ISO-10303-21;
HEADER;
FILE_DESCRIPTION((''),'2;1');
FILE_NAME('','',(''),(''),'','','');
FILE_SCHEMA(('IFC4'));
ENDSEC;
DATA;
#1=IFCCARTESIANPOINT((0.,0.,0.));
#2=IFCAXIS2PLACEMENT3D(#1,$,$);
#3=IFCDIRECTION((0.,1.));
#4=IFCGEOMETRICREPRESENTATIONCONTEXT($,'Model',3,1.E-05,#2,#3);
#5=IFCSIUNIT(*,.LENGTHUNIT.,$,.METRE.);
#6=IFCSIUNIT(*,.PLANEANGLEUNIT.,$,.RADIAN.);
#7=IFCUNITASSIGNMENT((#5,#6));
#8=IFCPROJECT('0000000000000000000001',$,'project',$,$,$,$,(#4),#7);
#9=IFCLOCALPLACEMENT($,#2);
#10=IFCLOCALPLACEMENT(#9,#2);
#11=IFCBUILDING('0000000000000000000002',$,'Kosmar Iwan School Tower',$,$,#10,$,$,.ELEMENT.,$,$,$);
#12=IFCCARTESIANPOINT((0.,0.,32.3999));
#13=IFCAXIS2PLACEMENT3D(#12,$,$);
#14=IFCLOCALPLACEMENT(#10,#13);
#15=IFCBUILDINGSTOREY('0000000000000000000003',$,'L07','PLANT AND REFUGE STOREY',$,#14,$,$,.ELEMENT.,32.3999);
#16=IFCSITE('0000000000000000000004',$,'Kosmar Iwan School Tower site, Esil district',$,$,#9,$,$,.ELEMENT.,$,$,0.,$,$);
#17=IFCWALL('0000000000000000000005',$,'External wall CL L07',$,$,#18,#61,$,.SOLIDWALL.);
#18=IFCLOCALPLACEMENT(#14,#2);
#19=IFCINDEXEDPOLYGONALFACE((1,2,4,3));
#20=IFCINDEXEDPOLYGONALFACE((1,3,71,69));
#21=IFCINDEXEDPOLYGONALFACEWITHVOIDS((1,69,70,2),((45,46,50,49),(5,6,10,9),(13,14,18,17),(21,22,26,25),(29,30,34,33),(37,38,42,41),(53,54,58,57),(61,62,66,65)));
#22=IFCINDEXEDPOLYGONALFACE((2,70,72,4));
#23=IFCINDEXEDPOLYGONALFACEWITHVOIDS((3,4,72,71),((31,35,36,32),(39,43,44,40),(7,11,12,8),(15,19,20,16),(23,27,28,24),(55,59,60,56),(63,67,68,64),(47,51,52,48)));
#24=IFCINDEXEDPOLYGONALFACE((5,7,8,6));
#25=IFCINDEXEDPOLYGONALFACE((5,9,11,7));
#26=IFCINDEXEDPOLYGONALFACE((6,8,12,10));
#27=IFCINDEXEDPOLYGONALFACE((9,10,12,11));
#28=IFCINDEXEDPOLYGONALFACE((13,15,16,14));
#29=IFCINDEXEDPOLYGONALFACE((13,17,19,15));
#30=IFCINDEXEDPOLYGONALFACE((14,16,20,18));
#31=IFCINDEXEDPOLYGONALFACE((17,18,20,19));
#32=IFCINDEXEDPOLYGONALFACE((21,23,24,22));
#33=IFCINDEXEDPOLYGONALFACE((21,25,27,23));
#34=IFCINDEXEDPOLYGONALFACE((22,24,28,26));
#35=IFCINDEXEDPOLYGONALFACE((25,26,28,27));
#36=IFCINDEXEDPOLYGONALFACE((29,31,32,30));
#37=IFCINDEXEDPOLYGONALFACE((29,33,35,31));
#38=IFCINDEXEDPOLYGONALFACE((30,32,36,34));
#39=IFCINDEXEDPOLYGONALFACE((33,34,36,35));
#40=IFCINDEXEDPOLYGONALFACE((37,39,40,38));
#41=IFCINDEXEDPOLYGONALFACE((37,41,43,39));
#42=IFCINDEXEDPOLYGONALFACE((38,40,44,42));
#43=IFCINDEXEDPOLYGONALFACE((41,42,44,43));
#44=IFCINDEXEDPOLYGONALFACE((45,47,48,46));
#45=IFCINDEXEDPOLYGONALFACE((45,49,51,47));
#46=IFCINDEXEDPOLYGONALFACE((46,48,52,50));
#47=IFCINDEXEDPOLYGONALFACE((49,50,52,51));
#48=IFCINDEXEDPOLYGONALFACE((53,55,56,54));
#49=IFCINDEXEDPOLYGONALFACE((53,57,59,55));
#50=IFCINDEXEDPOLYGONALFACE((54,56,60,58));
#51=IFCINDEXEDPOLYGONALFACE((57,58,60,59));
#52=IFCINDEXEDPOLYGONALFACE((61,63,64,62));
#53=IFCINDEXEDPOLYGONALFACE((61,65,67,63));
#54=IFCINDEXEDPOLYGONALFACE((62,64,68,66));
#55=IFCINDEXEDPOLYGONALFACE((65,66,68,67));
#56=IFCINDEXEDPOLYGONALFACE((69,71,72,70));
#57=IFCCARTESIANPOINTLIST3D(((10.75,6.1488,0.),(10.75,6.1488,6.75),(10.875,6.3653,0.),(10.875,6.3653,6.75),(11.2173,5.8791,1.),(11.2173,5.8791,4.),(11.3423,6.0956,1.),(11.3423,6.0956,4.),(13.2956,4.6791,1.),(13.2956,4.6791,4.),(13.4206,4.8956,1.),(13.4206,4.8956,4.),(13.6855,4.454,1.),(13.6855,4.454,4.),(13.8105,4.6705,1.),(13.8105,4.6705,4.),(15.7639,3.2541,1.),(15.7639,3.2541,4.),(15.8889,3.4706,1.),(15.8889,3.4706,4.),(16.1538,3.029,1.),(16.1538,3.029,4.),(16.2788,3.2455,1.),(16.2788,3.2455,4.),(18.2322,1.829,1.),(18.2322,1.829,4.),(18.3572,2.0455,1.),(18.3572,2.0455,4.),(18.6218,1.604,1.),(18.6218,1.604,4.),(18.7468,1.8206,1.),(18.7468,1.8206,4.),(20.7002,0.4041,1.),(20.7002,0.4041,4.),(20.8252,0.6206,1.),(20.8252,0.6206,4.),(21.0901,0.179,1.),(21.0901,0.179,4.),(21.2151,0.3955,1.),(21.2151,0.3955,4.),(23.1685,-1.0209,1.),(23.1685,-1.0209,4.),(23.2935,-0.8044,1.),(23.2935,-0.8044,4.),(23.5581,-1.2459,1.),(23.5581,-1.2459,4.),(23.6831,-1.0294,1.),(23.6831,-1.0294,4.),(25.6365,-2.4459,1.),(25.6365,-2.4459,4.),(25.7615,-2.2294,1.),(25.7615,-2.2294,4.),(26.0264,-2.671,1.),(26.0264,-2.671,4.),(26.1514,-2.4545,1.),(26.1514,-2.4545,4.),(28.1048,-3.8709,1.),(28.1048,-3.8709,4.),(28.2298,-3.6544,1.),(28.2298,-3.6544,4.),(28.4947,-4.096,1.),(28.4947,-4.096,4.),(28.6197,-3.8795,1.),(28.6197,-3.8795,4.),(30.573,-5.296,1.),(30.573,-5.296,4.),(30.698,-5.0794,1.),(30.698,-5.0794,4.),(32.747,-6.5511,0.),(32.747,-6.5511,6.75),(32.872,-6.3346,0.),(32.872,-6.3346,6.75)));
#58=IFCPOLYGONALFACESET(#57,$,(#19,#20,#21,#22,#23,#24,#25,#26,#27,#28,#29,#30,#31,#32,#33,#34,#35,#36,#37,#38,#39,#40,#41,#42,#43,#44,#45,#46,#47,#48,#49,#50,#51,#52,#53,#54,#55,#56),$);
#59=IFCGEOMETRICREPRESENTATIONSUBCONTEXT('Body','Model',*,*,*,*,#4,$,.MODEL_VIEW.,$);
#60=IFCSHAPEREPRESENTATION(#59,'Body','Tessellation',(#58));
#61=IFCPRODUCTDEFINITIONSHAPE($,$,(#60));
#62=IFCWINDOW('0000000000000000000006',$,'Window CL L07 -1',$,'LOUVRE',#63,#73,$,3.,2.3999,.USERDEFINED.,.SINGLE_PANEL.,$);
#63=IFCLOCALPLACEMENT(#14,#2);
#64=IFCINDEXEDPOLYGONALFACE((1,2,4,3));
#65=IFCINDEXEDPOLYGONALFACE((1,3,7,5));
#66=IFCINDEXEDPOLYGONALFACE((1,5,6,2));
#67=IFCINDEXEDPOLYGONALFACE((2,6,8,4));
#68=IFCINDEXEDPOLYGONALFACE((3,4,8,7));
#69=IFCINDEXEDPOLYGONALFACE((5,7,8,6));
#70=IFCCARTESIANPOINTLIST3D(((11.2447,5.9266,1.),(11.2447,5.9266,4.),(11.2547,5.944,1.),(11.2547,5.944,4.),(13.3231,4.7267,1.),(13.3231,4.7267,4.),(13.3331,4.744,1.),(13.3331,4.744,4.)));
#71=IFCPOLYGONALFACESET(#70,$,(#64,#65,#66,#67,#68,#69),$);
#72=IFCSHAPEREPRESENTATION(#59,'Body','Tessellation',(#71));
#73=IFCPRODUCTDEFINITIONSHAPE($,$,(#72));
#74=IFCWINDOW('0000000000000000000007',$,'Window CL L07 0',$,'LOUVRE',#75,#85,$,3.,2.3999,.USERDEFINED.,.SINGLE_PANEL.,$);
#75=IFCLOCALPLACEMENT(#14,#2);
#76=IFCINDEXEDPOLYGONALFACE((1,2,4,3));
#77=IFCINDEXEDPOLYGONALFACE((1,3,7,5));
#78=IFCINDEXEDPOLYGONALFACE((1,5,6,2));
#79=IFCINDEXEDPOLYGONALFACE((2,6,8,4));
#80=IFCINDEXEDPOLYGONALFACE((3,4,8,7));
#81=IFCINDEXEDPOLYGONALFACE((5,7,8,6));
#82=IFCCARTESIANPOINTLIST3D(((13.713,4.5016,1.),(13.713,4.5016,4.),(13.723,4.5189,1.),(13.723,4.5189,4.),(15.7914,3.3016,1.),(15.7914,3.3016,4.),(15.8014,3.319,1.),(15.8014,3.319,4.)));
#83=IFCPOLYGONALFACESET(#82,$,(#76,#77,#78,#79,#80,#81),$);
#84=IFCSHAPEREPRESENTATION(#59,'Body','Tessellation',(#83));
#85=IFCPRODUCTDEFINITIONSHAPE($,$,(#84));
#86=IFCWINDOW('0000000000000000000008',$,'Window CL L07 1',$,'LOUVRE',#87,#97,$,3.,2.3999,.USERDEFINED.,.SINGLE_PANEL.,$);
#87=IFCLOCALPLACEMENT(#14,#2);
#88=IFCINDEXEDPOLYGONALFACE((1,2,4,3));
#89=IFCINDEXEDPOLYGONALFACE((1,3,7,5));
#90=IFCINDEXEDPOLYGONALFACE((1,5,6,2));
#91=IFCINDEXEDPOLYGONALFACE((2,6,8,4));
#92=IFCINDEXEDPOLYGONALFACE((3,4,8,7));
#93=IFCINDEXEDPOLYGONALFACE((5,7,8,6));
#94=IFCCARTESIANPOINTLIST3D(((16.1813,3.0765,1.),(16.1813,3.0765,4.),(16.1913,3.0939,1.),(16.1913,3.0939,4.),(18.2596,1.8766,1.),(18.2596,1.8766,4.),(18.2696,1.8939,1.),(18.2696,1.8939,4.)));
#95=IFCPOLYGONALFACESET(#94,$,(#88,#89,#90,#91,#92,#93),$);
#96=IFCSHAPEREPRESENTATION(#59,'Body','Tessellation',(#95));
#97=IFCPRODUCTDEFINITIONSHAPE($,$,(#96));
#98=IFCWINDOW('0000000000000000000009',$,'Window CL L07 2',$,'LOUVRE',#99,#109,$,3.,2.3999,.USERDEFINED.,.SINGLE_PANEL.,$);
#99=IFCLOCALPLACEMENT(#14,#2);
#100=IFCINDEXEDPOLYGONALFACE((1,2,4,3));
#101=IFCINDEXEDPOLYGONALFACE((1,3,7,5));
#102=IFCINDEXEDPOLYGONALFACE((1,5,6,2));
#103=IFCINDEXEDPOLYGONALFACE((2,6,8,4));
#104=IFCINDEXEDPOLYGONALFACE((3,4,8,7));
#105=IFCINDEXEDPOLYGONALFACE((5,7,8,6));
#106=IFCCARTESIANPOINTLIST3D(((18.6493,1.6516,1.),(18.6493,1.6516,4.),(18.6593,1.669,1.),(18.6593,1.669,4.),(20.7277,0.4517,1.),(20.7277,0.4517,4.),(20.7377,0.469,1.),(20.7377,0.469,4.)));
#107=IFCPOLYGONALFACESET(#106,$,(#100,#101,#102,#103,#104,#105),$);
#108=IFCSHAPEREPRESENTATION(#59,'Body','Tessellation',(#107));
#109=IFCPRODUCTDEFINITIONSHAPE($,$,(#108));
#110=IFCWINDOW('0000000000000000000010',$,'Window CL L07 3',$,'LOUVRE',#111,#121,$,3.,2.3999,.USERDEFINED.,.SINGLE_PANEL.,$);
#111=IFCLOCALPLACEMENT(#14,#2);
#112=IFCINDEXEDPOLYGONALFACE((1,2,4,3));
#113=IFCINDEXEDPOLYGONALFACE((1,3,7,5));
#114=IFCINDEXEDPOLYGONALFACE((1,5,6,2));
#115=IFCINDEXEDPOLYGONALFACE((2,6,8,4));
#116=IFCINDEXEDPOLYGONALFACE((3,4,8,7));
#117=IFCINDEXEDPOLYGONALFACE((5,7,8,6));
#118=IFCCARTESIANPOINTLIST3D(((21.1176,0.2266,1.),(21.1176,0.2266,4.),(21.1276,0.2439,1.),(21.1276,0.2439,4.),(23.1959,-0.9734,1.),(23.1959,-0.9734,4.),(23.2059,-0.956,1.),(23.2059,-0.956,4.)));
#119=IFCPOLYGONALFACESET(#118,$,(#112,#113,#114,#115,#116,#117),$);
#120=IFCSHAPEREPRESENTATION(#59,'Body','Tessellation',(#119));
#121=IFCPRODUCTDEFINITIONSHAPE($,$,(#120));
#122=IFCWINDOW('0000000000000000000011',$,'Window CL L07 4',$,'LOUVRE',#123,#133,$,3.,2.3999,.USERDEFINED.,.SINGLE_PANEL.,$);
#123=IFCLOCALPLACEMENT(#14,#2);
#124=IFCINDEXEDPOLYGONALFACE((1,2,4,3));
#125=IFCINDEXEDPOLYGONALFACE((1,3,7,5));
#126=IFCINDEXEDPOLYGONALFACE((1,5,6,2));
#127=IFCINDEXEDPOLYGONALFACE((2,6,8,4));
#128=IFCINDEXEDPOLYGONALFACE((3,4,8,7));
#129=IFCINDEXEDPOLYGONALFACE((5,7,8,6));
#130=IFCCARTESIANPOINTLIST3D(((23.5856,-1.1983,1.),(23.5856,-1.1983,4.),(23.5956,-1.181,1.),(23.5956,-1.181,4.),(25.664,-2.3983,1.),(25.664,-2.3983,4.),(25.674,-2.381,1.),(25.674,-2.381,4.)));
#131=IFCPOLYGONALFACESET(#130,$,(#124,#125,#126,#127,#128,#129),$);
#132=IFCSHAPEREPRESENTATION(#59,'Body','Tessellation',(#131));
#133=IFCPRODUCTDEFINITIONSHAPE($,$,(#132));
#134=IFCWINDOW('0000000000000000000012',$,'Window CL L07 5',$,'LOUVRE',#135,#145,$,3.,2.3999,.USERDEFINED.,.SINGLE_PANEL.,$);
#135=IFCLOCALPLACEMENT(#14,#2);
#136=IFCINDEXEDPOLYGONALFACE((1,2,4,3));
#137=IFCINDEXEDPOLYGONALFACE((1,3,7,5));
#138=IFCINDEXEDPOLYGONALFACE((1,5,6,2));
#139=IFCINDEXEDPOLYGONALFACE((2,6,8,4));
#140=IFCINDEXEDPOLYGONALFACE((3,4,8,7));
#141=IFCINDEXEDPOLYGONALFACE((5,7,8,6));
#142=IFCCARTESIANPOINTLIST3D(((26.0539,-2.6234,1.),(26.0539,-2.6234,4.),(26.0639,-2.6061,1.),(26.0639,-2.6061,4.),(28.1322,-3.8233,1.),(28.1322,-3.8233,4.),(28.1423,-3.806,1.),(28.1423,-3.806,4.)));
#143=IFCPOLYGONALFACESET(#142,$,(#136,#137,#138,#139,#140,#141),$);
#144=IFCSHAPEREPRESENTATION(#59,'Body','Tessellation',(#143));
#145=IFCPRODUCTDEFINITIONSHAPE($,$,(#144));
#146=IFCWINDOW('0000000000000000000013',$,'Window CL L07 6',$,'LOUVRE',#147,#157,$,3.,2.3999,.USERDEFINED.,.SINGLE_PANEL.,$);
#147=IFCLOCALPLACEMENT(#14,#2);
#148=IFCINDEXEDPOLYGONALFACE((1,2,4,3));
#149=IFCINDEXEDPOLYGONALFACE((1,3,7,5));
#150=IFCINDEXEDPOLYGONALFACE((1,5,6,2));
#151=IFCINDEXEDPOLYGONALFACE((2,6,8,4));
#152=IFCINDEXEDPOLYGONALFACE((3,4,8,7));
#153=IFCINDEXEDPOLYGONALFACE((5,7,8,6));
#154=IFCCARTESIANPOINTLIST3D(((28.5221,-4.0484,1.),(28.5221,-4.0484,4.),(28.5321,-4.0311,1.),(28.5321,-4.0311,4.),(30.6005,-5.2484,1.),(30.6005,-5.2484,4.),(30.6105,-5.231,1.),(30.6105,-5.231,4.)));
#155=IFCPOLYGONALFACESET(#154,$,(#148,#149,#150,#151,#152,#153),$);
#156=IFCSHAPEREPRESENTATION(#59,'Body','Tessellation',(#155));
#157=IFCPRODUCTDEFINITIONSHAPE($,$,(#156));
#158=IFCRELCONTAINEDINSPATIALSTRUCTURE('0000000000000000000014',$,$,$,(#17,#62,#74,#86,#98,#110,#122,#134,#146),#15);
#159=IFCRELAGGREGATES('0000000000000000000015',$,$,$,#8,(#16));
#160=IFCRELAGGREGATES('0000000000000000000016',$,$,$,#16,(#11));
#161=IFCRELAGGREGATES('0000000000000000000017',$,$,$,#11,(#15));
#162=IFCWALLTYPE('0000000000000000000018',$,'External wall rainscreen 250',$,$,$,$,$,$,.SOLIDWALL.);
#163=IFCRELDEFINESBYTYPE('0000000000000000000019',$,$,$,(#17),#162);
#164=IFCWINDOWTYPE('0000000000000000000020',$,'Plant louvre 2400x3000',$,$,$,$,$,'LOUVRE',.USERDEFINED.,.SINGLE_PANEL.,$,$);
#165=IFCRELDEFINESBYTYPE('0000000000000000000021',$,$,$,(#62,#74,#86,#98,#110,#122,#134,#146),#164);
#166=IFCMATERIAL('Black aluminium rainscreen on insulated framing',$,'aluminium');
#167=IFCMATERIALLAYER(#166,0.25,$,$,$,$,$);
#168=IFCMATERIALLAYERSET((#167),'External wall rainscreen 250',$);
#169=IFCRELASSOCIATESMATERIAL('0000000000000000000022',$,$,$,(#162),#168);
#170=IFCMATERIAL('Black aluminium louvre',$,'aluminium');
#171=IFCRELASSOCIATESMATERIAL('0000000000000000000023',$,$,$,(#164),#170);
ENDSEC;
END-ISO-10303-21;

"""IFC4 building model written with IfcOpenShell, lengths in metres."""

from ifc_helpers import new_model, si_unit, direction, frame, frame_2d, origin, place, context, subcontext, project, spatial, rectangle, extrude, material, layer, layer_set, type_object, element, fill, save


model = new_model("IFC4")

# Units and contexts
model_context = context("Model", 3, precision=1e-05, world=origin(), true_north=direction((0.0, 1.0)))
body_context = subcontext(model_context, "Body", "Model", "MODEL_VIEW")
ifc_project = project(units=[si_unit("LENGTHUNIT", "METRE"), si_unit("PLANEANGLEUNIT", "RADIAN")], contexts=[model_context])

# Site, building, storey
site_placement = place(None, origin())
site = spatial("IfcSite", under=ifc_project, at=site_placement, Name="Kosmar Iwan School Tower site, Esil district", CompositionType="ELEMENT", RefElevation=0.0)
building_placement = place(site_placement, origin())
building = spatial("IfcBuilding", under=site, at=building_placement, Name="Kosmar Iwan School Tower", CompositionType="ELEMENT")
storey_placement = place(building_placement, frame((0.0, 0.0, 32.3999)))
storey = spatial("IfcBuildingStorey", under=building, at=storey_placement, Name="L07", Description="PLANT AND REFUGE STOREY", CompositionType="ELEMENT", Elevation=32.3999)

# Wall, openings, windows
ifc_material_1 = material(Name="Black aluminium rainscreen on insulated framing", Category="aluminium")
ifc_layer_1 = layer(ifc_material_1, 0.25)
ifc_layer_set_1 = layer_set([ifc_layer_1], Name="External wall rainscreen 250")
wall_type_1 = type_object("IfcWallType", Name="External wall rainscreen 250", PredefinedType="SOLIDWALL", material=ifc_layer_set_1)
wall_1_placement = place(storey_placement, frame((10.8125, 6.2571, 0.0), z_axis=(0.0, 0.0, 1.0), x_axis=(0.866026, -0.499998, 0.0)))
wall_1 = element("IfcWall", 1, at=wall_1_placement, inside=storey, type_object=wall_type_1, Name="External wall CL L07", PredefinedType="SOLIDWALL", context=body_context, shape_type="SweptSolid", body=[
    extrude(rectangle(XDim=25.3999, YDim=0.25, at=frame_2d((12.7, 0.0))), origin(), (0.0, 0.0, 1.0), 6.75),
])
opening_1_placement = place(wall_1_placement, frame((0.5396, 0.0, 1.0)))
opening_1 = element("IfcOpeningElement", 2, at=opening_1_placement, cuts=wall_1, PredefinedType="OPENING", context=body_context, shape_type="SweptSolid", body=[
    extrude(rectangle(XDim=2.3999, YDim=3.0, at=frame_2d((1.2, 1.5))), frame((0.0, 0.137, 0.0), z_axis=(0.0, -1.0, 0.0), x_axis=(1.0, 0.0, 0.0)), (0.0, 0.0, 1.0), 0.2739),
])
opening_2_placement = place(wall_1_placement, frame((3.3896, 0.0, 1.0)))
opening_2 = element("IfcOpeningElement", 3, at=opening_2_placement, cuts=wall_1, PredefinedType="OPENING", context=body_context, shape_type="SweptSolid", body=[
    extrude(rectangle(XDim=2.3999, YDim=3.0, at=frame_2d((1.2, 1.5))), frame((0.0, 0.137, 0.0), z_axis=(0.0, -1.0, 0.0), x_axis=(1.0, 0.0, 0.0)), (0.0, 0.0, 1.0), 0.2739),
])
opening_3_placement = place(wall_1_placement, frame((6.2397, 0.0, 1.0)))
opening_3 = element("IfcOpeningElement", 4, at=opening_3_placement, cuts=wall_1, PredefinedType="OPENING", context=body_context, shape_type="SweptSolid", body=[
    extrude(rectangle(XDim=2.3999, YDim=3.0, at=frame_2d((1.2, 1.5))), frame((0.0, 0.137, 0.0), z_axis=(0.0, -1.0, 0.0), x_axis=(1.0, 0.0, 0.0)), (0.0, 0.0, 1.0), 0.2739),
])
opening_4_placement = place(wall_1_placement, frame((9.0896, 0.0, 1.0)))
opening_4 = element("IfcOpeningElement", 5, at=opening_4_placement, cuts=wall_1, PredefinedType="OPENING", context=body_context, shape_type="SweptSolid", body=[
    extrude(rectangle(XDim=2.3999, YDim=3.0, at=frame_2d((1.2, 1.5))), frame((0.0, 0.137, 0.0), z_axis=(0.0, -1.0, 0.0), x_axis=(1.0, 0.0, 0.0)), (0.0, 0.0, 1.0), 0.2739),
])
opening_5_placement = place(wall_1_placement, frame((11.9397, 0.0, 1.0)))
opening_5 = element("IfcOpeningElement", 6, at=opening_5_placement, cuts=wall_1, PredefinedType="OPENING", context=body_context, shape_type="SweptSolid", body=[
    extrude(rectangle(XDim=2.3999, YDim=3.0, at=frame_2d((1.2, 1.5))), frame((0.0, 0.137, 0.0), z_axis=(0.0, -1.0, 0.0), x_axis=(1.0, 0.0, 0.0)), (0.0, 0.0, 1.0), 0.2739),
])
opening_6_placement = place(wall_1_placement, frame((14.7896, 0.0, 1.0)))
opening_6 = element("IfcOpeningElement", 7, at=opening_6_placement, cuts=wall_1, PredefinedType="OPENING", context=body_context, shape_type="SweptSolid", body=[
    extrude(rectangle(XDim=2.3999, YDim=3.0, at=frame_2d((1.2, 1.5))), frame((0.0, 0.137, 0.0), z_axis=(0.0, -1.0, 0.0), x_axis=(1.0, 0.0, 0.0)), (0.0, 0.0, 1.0), 0.2739),
])
opening_7_placement = place(wall_1_placement, frame((17.6396, 0.0, 1.0)))
opening_7 = element("IfcOpeningElement", 8, at=opening_7_placement, cuts=wall_1, PredefinedType="OPENING", context=body_context, shape_type="SweptSolid", body=[
    extrude(rectangle(XDim=2.3999, YDim=3.0, at=frame_2d((1.2, 1.5))), frame((0.0, 0.137, 0.0), z_axis=(0.0, -1.0, 0.0), x_axis=(1.0, 0.0, 0.0)), (0.0, 0.0, 1.0), 0.2739),
])
opening_8_placement = place(wall_1_placement, frame((20.4897, 0.0, 1.0)))
opening_8 = element("IfcOpeningElement", 9, at=opening_8_placement, cuts=wall_1, PredefinedType="OPENING", context=body_context, shape_type="SweptSolid", body=[
    extrude(rectangle(XDim=2.3999, YDim=3.0, at=frame_2d((1.2, 1.5))), frame((0.0, 0.137, 0.0), z_axis=(0.0, -1.0, 0.0), x_axis=(1.0, 0.0, 0.0)), (0.0, 0.0, 1.0), 0.2739),
])
ifc_material_2 = material(Name="Black aluminium louvre", Category="aluminium")
window_type = type_object("IfcWindowType", Name="Plant louvre 2400x3000", ElementType="LOUVRE", PartitioningType="SINGLE_PANEL", PredefinedType="USERDEFINED", material=ifc_material_2)
window_1_placement = place(opening_1_placement, origin())
window_1 = element("IfcWindow", 10, at=window_1_placement, inside=storey, type_object=window_type, Name="Window CL L07 -1", ObjectType="LOUVRE", OverallHeight=3.0, OverallWidth=2.3999, PartitioningType="SINGLE_PANEL", PredefinedType="USERDEFINED", context=body_context, shape_type="SweptSolid", body=[
    extrude(rectangle(XDim=2.3999, YDim=3.0, at=frame_2d((1.2, 1.5))), frame((0.0, -0.05, 0.0), z_axis=(0.0, -1.0, 0.0), x_axis=(1.0, 0.0, 0.0)), (0.0, 0.0, 1.0), 0.02),
])
fill(opening_1, window_1)
window_2_placement = place(opening_2_placement, origin())
window_2 = element("IfcWindow", 11, at=window_2_placement, inside=storey, type_object=window_type, Name="Window CL L07 0", ObjectType="LOUVRE", OverallHeight=3.0, OverallWidth=2.3999, PartitioningType="SINGLE_PANEL", PredefinedType="USERDEFINED", context=body_context, shape_type="SweptSolid", body=[
    extrude(rectangle(XDim=2.3999, YDim=3.0, at=frame_2d((1.2, 1.5))), frame((0.0, -0.05, 0.0), z_axis=(0.0, -1.0, 0.0), x_axis=(1.0, 0.0, 0.0)), (0.0, 0.0, 1.0), 0.02),
])
fill(opening_2, window_2)
window_3_placement = place(opening_3_placement, origin())
window_3 = element("IfcWindow", 12, at=window_3_placement, inside=storey, type_object=window_type, Name="Window CL L07 1", ObjectType="LOUVRE", OverallHeight=3.0, OverallWidth=2.3999, PartitioningType="SINGLE_PANEL", PredefinedType="USERDEFINED", context=body_context, shape_type="SweptSolid", body=[
    extrude(rectangle(XDim=2.3999, YDim=3.0, at=frame_2d((1.2, 1.5))), frame((0.0, -0.05, 0.0), z_axis=(0.0, -1.0, 0.0), x_axis=(1.0, 0.0, 0.0)), (0.0, 0.0, 1.0), 0.02),
])
fill(opening_3, window_3)
window_4_placement = place(opening_4_placement, origin())
window_4 = element("IfcWindow", 13, at=window_4_placement, inside=storey, type_object=window_type, Name="Window CL L07 2", ObjectType="LOUVRE", OverallHeight=3.0, OverallWidth=2.3999, PartitioningType="SINGLE_PANEL", PredefinedType="USERDEFINED", context=body_context, shape_type="SweptSolid", body=[
    extrude(rectangle(XDim=2.3999, YDim=3.0, at=frame_2d((1.2, 1.5))), frame((0.0, -0.05, 0.0), z_axis=(0.0, -1.0, 0.0), x_axis=(1.0, 0.0, 0.0)), (0.0, 0.0, 1.0), 0.02),
])
fill(opening_4, window_4)
window_5_placement = place(opening_5_placement, origin())
window_5 = element("IfcWindow", 14, at=window_5_placement, inside=storey, type_object=window_type, Name="Window CL L07 3", ObjectType="LOUVRE", OverallHeight=3.0, OverallWidth=2.3999, PartitioningType="SINGLE_PANEL", PredefinedType="USERDEFINED", context=body_context, shape_type="SweptSolid", body=[
    extrude(rectangle(XDim=2.3999, YDim=3.0, at=frame_2d((1.2, 1.5))), frame((0.0, -0.05, 0.0), z_axis=(0.0, -1.0, 0.0), x_axis=(1.0, 0.0, 0.0)), (0.0, 0.0, 1.0), 0.02),
])
fill(opening_5, window_5)
window_6_placement = place(opening_6_placement, origin())
window_6 = element("IfcWindow", 15, at=window_6_placement, inside=storey, type_object=window_type, Name="Window CL L07 4", ObjectType="LOUVRE", OverallHeight=3.0, OverallWidth=2.3999, PartitioningType="SINGLE_PANEL", PredefinedType="USERDEFINED", context=body_context, shape_type="SweptSolid", body=[
    extrude(rectangle(XDim=2.3999, YDim=3.0, at=frame_2d((1.2, 1.5))), frame((0.0, -0.05, 0.0), z_axis=(0.0, -1.0, 0.0), x_axis=(1.0, 0.0, 0.0)), (0.0, 0.0, 1.0), 0.02),
])
fill(opening_6, window_6)
window_7_placement = place(opening_7_placement, origin())
window_7 = element("IfcWindow", 16, at=window_7_placement, inside=storey, type_object=window_type, Name="Window CL L07 5", ObjectType="LOUVRE", OverallHeight=3.0, OverallWidth=2.3999, PartitioningType="SINGLE_PANEL", PredefinedType="USERDEFINED", context=body_context, shape_type="SweptSolid", body=[
    extrude(rectangle(XDim=2.3999, YDim=3.0, at=frame_2d((1.2, 1.5))), frame((0.0, -0.05, 0.0), z_axis=(0.0, -1.0, 0.0), x_axis=(1.0, 0.0, 0.0)), (0.0, 0.0, 1.0), 0.02),
])
fill(opening_7, window_7)
window_8_placement = place(opening_8_placement, origin())
window_8 = element("IfcWindow", 17, at=window_8_placement, inside=storey, type_object=window_type, Name="Window CL L07 6", ObjectType="LOUVRE", OverallHeight=3.0, OverallWidth=2.3999, PartitioningType="SINGLE_PANEL", PredefinedType="USERDEFINED", context=body_context, shape_type="SweptSolid", body=[
    extrude(rectangle(XDim=2.3999, YDim=3.0, at=frame_2d((1.2, 1.5))), frame((0.0, -0.05, 0.0), z_axis=(0.0, -1.0, 0.0), x_axis=(1.0, 0.0, 0.0)), (0.0, 0.0, 1.0), 0.02),
])
fill(opening_8, window_8)

save(model, "model.ifc")
